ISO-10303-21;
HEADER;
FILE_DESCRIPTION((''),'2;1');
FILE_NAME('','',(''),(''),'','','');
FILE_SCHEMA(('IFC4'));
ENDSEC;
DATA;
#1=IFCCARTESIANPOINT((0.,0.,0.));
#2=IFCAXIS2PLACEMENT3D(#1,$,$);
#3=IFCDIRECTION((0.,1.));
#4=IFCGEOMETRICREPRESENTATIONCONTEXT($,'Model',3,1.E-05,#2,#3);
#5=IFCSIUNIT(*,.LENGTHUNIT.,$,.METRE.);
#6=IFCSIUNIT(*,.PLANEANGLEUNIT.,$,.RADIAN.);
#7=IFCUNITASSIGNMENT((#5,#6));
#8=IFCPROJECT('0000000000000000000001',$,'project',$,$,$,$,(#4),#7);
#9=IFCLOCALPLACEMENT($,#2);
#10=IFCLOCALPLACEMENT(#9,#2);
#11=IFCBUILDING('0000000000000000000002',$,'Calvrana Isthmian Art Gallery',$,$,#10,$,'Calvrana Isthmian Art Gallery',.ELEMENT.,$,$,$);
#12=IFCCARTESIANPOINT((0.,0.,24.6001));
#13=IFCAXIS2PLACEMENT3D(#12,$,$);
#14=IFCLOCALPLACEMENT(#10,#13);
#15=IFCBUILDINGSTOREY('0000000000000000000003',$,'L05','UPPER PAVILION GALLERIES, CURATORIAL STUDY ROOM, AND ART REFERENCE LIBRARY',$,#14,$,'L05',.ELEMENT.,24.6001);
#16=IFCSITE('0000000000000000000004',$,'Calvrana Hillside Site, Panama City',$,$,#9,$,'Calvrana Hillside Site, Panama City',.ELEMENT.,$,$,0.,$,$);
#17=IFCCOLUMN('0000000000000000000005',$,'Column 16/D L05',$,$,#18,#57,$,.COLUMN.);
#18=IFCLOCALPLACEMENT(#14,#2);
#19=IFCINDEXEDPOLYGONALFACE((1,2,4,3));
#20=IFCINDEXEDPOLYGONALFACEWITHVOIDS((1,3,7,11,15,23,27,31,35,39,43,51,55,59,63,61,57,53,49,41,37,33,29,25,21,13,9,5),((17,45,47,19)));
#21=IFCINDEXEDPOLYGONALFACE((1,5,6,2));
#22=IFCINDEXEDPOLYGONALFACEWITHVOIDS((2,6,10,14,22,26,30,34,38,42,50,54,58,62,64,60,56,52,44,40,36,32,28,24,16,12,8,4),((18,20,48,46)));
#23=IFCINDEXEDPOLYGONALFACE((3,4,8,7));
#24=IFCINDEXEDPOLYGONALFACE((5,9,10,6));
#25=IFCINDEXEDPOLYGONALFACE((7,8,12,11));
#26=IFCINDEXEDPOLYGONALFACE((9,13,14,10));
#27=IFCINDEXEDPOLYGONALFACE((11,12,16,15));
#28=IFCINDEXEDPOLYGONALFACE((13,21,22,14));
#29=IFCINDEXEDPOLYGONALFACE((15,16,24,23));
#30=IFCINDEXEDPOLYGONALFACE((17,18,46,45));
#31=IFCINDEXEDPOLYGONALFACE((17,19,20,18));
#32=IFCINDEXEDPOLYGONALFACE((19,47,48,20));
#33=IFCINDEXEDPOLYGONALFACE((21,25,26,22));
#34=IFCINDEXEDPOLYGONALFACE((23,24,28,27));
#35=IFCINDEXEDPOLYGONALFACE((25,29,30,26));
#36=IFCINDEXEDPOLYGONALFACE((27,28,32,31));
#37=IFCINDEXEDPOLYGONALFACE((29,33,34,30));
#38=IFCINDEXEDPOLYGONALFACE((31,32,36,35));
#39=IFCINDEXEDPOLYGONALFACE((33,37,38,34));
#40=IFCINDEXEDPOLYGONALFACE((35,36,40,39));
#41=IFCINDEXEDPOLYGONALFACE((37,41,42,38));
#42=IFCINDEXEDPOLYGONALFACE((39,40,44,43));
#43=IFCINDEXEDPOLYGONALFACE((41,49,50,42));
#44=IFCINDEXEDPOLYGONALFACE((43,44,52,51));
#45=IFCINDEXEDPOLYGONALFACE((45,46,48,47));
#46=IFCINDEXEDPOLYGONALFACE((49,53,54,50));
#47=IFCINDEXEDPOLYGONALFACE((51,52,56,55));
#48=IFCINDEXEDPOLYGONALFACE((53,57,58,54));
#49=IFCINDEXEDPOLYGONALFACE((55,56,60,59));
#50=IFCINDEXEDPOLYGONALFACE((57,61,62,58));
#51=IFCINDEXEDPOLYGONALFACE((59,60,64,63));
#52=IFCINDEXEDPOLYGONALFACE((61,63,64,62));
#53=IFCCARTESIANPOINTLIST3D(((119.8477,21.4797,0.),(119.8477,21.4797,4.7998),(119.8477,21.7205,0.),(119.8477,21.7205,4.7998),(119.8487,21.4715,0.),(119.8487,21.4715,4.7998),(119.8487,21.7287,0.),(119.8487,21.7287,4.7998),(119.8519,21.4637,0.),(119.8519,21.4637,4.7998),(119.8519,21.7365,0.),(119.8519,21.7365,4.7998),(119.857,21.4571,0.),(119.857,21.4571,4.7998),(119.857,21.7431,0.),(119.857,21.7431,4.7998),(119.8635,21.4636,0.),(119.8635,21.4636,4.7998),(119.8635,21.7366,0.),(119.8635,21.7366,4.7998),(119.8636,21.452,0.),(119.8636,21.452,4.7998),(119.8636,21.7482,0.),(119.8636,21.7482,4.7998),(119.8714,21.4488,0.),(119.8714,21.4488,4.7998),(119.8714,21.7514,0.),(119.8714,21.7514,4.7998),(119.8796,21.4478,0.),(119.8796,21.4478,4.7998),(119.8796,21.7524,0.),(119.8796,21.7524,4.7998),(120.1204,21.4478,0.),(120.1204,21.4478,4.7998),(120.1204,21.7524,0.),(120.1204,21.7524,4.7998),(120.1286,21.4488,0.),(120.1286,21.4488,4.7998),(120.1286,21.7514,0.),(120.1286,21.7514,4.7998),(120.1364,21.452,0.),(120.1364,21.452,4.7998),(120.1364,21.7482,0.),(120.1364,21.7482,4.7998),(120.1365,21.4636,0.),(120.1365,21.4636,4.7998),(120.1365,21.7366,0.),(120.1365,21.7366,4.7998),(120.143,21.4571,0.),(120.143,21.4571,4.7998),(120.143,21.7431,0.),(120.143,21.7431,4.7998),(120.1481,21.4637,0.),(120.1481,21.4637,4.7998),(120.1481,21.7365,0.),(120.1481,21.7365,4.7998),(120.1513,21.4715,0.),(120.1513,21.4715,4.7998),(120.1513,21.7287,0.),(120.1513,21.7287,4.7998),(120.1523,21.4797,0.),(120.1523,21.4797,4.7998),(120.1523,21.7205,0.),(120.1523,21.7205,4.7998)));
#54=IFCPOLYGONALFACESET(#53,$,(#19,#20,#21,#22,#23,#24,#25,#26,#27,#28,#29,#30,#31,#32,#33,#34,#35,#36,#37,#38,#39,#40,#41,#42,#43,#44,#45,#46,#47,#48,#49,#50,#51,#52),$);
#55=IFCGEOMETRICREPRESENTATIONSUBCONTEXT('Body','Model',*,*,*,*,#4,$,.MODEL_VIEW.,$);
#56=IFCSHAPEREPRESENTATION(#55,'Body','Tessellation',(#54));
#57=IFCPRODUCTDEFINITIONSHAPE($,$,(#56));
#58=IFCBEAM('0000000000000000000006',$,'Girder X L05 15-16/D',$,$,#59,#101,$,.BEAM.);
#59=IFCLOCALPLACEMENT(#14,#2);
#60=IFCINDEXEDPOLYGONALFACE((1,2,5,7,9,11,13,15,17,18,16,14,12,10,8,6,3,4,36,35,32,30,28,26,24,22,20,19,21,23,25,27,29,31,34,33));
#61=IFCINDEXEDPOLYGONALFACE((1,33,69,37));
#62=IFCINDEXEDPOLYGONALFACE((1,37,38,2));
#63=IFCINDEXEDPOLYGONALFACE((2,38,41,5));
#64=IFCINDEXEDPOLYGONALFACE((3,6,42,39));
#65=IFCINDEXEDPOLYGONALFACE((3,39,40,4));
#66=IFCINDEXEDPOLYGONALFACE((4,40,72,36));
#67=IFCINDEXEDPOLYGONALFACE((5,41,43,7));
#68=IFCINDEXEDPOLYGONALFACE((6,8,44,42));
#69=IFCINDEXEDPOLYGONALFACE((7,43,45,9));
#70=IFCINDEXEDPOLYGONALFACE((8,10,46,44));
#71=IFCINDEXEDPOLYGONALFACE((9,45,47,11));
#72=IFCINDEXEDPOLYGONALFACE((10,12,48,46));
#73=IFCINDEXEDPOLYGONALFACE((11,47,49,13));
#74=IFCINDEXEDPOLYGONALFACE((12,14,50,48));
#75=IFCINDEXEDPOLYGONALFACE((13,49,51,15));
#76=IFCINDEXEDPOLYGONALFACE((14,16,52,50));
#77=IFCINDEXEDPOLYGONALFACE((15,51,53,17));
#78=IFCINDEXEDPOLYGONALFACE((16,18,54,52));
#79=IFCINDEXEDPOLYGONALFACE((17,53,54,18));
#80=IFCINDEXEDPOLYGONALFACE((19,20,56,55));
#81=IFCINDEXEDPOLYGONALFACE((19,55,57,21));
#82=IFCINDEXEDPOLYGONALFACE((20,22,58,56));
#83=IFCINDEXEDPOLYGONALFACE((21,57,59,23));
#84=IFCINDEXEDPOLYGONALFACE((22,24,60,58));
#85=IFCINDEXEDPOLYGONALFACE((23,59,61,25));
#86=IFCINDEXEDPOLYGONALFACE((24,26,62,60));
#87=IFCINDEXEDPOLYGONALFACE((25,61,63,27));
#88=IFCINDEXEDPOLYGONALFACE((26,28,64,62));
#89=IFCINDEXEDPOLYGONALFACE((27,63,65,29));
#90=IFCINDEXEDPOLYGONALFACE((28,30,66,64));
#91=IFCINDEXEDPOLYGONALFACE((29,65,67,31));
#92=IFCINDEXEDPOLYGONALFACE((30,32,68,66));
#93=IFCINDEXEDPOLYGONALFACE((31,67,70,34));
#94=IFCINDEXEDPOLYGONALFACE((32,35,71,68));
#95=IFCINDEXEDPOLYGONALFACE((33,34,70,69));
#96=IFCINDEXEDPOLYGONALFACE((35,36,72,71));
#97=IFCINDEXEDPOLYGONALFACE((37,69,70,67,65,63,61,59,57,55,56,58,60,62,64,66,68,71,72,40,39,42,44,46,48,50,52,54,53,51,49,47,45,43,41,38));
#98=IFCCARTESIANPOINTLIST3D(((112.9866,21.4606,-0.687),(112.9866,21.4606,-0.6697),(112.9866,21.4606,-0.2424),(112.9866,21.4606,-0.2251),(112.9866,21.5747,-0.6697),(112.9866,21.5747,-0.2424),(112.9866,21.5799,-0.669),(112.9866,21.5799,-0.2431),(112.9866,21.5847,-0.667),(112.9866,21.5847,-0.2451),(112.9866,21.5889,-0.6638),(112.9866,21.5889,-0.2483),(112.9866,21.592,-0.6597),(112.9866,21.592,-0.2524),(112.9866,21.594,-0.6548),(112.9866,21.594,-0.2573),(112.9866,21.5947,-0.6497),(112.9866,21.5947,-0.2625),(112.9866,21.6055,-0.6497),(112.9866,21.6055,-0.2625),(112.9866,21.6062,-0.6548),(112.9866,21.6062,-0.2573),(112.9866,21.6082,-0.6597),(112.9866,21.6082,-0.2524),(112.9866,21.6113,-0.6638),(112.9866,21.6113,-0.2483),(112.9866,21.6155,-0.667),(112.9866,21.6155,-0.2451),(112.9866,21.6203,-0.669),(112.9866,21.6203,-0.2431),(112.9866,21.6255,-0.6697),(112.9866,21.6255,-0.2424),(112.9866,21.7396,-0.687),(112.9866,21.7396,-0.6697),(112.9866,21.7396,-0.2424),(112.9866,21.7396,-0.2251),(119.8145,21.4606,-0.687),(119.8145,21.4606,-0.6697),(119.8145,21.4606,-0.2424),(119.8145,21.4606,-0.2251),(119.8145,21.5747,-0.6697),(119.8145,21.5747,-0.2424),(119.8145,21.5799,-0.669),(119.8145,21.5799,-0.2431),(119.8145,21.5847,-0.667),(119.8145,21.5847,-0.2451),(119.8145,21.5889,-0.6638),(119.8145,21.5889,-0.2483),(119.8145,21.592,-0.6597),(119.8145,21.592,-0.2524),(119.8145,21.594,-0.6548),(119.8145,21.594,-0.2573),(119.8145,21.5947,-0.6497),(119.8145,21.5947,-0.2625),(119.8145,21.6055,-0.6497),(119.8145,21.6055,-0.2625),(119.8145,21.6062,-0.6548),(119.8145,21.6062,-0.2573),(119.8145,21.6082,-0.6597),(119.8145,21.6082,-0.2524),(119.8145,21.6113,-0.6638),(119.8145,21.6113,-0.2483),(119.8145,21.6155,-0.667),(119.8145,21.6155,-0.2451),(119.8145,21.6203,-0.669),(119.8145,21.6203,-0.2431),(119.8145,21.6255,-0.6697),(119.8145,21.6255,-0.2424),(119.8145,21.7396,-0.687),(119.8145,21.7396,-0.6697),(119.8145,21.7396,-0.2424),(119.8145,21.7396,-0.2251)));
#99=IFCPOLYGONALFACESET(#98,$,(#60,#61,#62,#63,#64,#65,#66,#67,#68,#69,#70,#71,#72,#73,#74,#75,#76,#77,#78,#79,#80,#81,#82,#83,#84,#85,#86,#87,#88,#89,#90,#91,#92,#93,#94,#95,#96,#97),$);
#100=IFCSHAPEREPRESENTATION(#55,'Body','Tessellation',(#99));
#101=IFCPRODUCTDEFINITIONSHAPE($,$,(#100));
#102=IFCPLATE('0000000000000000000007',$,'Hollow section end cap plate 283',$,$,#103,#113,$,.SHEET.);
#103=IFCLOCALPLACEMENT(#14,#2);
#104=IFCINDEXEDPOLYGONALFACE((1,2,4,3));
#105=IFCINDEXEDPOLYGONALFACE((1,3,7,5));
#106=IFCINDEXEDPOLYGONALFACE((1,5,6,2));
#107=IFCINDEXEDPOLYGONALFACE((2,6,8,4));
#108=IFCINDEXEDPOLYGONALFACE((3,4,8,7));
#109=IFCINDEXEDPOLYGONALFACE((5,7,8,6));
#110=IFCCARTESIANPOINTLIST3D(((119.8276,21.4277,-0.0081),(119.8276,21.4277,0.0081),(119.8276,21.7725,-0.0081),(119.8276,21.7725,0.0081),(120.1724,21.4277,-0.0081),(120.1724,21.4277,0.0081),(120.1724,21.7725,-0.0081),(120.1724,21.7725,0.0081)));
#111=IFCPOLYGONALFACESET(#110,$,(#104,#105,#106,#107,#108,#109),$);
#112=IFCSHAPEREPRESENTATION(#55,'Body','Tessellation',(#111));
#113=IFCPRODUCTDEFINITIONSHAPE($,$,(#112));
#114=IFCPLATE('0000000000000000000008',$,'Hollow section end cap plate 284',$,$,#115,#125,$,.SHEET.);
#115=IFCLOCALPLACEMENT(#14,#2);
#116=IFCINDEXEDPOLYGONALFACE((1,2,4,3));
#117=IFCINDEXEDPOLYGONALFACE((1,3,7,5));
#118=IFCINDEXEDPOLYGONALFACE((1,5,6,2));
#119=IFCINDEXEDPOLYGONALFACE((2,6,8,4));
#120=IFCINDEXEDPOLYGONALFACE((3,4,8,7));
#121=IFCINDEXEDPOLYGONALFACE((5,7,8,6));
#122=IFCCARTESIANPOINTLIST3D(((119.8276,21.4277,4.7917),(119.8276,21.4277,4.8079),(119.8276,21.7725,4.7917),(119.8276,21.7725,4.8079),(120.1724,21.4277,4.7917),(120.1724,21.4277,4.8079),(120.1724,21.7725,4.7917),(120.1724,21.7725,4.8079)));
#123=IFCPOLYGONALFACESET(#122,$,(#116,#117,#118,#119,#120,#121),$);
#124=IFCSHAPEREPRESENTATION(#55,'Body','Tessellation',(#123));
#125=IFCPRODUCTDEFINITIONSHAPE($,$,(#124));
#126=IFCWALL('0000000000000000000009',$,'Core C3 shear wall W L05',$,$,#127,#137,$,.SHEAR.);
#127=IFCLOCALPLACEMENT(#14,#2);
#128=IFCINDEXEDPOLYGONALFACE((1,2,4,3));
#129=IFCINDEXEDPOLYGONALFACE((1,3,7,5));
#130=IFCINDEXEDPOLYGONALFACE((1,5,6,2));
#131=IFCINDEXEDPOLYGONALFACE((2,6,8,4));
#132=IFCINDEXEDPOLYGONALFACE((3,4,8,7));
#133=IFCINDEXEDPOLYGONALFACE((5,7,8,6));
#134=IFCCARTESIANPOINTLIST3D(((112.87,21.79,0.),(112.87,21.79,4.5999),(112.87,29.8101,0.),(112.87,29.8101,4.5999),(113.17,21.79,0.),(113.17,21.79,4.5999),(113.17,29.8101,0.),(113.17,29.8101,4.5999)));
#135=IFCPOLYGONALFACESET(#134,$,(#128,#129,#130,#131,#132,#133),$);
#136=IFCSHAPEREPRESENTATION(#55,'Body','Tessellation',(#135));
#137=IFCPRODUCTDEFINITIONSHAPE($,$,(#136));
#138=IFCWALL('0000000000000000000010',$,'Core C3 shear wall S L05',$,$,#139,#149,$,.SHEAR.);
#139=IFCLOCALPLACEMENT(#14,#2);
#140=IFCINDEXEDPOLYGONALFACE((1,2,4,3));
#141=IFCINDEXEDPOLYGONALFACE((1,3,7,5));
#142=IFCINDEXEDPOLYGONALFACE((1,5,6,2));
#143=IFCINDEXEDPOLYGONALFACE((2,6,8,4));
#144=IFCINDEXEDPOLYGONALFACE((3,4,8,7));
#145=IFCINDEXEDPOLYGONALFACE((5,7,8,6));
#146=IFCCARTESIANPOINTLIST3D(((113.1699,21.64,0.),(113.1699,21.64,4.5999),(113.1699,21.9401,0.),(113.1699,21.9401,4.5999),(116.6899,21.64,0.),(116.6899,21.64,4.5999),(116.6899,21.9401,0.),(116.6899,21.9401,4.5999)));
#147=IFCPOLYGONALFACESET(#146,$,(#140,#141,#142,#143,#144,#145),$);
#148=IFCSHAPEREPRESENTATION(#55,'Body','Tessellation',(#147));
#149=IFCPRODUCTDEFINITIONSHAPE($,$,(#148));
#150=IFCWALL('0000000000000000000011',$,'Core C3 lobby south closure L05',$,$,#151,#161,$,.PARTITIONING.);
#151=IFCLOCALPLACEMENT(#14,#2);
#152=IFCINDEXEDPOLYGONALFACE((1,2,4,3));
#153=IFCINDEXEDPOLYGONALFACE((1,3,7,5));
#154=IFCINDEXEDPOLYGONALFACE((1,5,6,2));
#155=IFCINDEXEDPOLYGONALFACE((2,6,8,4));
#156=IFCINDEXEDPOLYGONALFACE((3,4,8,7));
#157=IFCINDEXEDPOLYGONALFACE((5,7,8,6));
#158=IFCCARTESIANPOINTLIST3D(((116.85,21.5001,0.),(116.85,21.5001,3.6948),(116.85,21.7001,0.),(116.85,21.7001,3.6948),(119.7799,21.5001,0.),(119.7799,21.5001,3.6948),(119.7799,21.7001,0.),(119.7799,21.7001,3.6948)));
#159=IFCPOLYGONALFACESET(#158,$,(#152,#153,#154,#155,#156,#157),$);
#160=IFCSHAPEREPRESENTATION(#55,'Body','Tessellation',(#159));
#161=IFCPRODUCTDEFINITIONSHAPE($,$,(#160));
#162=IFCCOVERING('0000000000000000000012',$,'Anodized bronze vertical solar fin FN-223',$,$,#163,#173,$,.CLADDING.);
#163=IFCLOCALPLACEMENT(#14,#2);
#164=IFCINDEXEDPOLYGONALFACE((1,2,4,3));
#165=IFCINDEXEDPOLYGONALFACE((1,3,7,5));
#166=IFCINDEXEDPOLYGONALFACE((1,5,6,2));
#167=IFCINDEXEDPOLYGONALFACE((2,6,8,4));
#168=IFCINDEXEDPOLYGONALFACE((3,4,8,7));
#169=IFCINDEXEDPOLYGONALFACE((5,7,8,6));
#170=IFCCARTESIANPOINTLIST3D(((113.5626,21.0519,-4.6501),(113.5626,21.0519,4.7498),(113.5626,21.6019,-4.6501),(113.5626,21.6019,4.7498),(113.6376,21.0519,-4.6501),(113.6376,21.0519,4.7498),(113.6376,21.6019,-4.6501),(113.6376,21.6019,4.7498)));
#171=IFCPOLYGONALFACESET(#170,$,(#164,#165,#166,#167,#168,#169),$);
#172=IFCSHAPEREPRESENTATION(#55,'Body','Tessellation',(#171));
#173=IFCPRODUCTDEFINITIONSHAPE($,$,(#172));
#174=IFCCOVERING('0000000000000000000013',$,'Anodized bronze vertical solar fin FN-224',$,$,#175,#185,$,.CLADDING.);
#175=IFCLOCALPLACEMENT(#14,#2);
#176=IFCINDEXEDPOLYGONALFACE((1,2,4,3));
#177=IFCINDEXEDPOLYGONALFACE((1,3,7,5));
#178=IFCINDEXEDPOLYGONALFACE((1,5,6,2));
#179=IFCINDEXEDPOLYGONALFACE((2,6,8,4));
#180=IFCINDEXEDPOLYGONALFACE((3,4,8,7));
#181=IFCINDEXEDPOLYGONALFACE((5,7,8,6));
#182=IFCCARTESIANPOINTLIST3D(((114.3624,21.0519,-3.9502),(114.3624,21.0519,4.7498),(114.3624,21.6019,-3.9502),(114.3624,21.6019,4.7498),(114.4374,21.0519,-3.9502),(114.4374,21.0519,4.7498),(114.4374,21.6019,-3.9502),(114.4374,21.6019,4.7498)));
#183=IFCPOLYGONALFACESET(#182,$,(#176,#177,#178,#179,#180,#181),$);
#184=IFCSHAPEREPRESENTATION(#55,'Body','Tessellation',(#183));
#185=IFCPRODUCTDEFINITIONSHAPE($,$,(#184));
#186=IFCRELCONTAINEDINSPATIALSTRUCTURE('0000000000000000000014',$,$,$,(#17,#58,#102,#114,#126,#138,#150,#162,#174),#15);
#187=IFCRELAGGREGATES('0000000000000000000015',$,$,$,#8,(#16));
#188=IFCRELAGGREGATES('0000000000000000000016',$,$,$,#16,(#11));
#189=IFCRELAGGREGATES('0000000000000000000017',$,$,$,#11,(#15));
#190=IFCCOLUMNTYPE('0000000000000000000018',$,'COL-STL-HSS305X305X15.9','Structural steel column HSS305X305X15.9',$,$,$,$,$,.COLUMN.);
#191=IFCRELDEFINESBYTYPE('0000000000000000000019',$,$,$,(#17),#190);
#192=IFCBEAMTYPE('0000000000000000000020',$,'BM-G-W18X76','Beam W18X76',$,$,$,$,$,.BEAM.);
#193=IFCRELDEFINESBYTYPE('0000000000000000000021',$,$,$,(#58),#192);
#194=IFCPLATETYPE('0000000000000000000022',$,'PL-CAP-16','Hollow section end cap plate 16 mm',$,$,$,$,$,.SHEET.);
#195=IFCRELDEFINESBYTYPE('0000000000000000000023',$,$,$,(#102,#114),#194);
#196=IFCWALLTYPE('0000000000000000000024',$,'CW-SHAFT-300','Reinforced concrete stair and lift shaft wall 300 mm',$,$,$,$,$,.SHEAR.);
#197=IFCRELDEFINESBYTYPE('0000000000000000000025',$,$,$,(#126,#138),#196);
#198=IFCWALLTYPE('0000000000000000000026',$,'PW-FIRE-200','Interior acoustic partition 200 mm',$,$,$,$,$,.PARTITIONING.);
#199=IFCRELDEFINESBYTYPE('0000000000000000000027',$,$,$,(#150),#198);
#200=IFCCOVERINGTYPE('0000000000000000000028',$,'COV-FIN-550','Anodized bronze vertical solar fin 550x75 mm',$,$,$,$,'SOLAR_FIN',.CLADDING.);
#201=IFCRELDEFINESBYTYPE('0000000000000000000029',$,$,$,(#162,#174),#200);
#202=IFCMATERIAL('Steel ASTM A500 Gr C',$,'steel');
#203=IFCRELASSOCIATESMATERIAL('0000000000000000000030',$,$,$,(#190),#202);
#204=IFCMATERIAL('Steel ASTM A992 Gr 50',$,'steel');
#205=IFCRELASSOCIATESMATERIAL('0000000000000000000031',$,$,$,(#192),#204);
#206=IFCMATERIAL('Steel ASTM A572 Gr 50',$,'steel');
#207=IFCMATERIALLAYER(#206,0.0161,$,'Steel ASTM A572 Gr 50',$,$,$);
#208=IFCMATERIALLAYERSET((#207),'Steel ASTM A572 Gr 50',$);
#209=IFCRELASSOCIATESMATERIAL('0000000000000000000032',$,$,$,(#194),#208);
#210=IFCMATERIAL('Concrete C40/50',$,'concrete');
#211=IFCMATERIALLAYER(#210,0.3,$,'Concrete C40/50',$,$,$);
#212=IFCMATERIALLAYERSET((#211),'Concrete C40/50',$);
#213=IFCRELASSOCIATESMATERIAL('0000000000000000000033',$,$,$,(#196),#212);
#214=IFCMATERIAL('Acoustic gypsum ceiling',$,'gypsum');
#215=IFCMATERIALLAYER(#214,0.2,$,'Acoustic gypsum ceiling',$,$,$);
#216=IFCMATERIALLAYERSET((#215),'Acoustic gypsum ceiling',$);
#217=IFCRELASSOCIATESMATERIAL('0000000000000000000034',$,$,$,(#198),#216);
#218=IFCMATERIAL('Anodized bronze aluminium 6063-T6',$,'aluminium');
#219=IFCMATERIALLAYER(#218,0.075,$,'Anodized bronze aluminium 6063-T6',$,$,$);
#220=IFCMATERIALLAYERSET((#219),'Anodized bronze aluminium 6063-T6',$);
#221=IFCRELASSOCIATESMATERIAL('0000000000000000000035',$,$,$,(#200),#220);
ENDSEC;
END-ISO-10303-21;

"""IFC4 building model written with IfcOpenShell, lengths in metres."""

from ifc_helpers import new_model, si_unit, direction, frame, frame_2d, origin, origin_2d, place, context, subcontext, project, spatial, rectangle, hollow_rectangle, i_section, extrude, material, layer, layer_set, material_profile, profile_set, type_object, element, save


model = new_model("IFC4")

# Units and contexts
model_context = context("Model", 3, precision=1e-05, world=origin(), true_north=direction((0.0, 1.0)))
body_context = subcontext(model_context, "Body", "Model", "MODEL_VIEW")
ifc_project = project(units=[si_unit("LENGTHUNIT", "METRE"), si_unit("PLANEANGLEUNIT", "RADIAN")], contexts=[model_context])

# Site, building, storey
site_placement = place(None, origin())
site = spatial("IfcSite", under=ifc_project, at=site_placement, Name="Calvrana Hillside Site, Panama City", LongName="Calvrana Hillside Site, Panama City", CompositionType="ELEMENT", RefElevation=0.0)
building_placement = place(site_placement, origin())
building = spatial("IfcBuilding", under=site, at=building_placement, Name="Calvrana Isthmian Art Gallery", LongName="Calvrana Isthmian Art Gallery", CompositionType="ELEMENT")
storey_placement = place(building_placement, frame((0.0, 0.0, 24.6001)))
storey = spatial("IfcBuildingStorey", under=building, at=storey_placement, Name="L05", Description="UPPER PAVILION GALLERIES, CURATORIAL STUDY ROOM, AND ART REFERENCE LIBRARY", LongName="L05", CompositionType="ELEMENT", Elevation=24.6001)

# Column
ifc_material_1 = material(Name="Steel ASTM A500 Gr C", Category="steel")
ifc_material_profile_1 = material_profile(ifc_material_1, hollow_rectangle(XDim=0.3047, YDim=0.3047, WallThickness=0.0159, OuterFilletRadius=0.032, at=origin_2d()), Name="HSS305X305X15.9")
ifc_profile_set_1 = profile_set([ifc_material_profile_1], Name="Steel ASTM A500 Gr C")
column_type = type_object("IfcColumnType", Name="COL-STL-HSS305X305X15.9", Description="Structural steel column HSS305X305X15.9", PredefinedType="COLUMN", material=ifc_profile_set_1)
column_placement = place(storey_placement, frame((120.0, 21.6001, 0.0), z_axis=(0.0, 0.0, 1.0), x_axis=(1.0, 0.0, 0.0)))
element("IfcColumn", 1, at=column_placement, inside=storey, type_object=column_type, Name="Column 16/D L05", PredefinedType="COLUMN", context=body_context, shape_type="SweptSolid", body=[
    extrude(hollow_rectangle(XDim=0.3047, YDim=0.3047, WallThickness=0.0159, OuterFilletRadius=0.032, at=origin_2d()), origin(), (0.0, 0.0, 1.0), 4.7998),
])

# Beam
ifc_material_2 = material(Name="Steel ASTM A992 Gr 50", Category="steel")
ifc_material_profile_2 = material_profile(ifc_material_2, i_section(OverallWidth=0.2791, OverallDepth=0.4619, WebThickness=0.0107, FlangeThickness=0.0173, FilletRadius=0.02, at=origin_2d()), Name="W18X76")
ifc_profile_set_2 = profile_set([ifc_material_profile_2], Name="Steel ASTM A992 Gr 50")
beam_type = type_object("IfcBeamType", Name="BM-G-W18X76", Description="Beam W18X76", PredefinedType="BEAM", material=ifc_profile_set_2)
beam_placement = place(storey_placement, frame((112.9866, 21.6001, -0.4561), z_axis=(1.0, 0.0, 0.0), x_axis=(0.0, 1.0, 0.0)))
element("IfcBeam", 2, at=beam_placement, inside=storey, type_object=beam_type, Name="Girder X L05 15-16/D", PredefinedType="BEAM", context=body_context, shape_type="SweptSolid", body=[
    extrude(i_section(OverallWidth=0.2791, OverallDepth=0.4619, WebThickness=0.0107, FlangeThickness=0.0173, FilletRadius=0.02, at=origin_2d()), origin(), (0.0, 0.0, 1.0), 6.8279),
])

# Plates
ifc_material_3 = material(Name="Steel ASTM A572 Gr 50", Category="steel")
ifc_layer_1 = layer(ifc_material_3, 0.0161, Name="Steel ASTM A572 Gr 50")
ifc_layer_set_1 = layer_set([ifc_layer_1], Name="Steel ASTM A572 Gr 50")
plate_type = type_object("IfcPlateType", Name="PL-CAP-16", Description="Hollow section end cap plate 16 mm", PredefinedType="SHEET", material=ifc_layer_set_1)
for number, where, z_axis, x_axis, name in (
    (3, (120.0, 21.6001, -0.0081), (0.0, 0.0, 1.0), (1.0, 0.0, 0.0), "Hollow section end cap plate 283"),
    (4, (120.0, 21.6001, 4.7917), (0.0, 0.0, 1.0), (1.0, 0.0, 0.0), "Hollow section end cap plate 284"),
):
    element("IfcPlate", number, at=place(storey_placement, frame(where, z_axis=z_axis, x_axis=x_axis)), inside=storey, type_object=plate_type, Name=name, PredefinedType="SHEET", context=body_context, shape_type="SweptSolid", body=[
        extrude(rectangle(XDim=0.3447, YDim=0.3447, at=origin_2d()), origin(), (0.0, 0.0, 1.0), 0.0161),
    ])

# Walls
ifc_material_4 = material(Name="Concrete C40/50", Category="concrete")
ifc_layer_2 = layer(ifc_material_4, 0.3, Name="Concrete C40/50")
ifc_layer_set_2 = layer_set([ifc_layer_2], Name="Concrete C40/50")
wall_type_1 = type_object("IfcWallType", Name="CW-SHAFT-300", Description="Reinforced concrete stair and lift shaft wall 300 mm", PredefinedType="SHEAR", material=ifc_layer_set_2)
wall_1_placement = place(storey_placement, frame((113.02, 21.79, 0.0), z_axis=(0.0, 0.0, 1.0), x_axis=(0.0, 1.0, 0.0)))
element("IfcWall", 5, at=wall_1_placement, inside=storey, type_object=wall_type_1, Name="Core C3 shear wall W L05", PredefinedType="SHEAR", context=body_context, shape_type="SweptSolid", body=[
    extrude(rectangle(XDim=8.02, YDim=0.3, at=frame_2d((4.01, 0.0))), origin(), (0.0, 0.0, 1.0), 4.5999),
])
wall_2_placement = place(storey_placement, frame((113.1699, 21.79, 0.0), z_axis=(0.0, 0.0, 1.0), x_axis=(1.0, 0.0, 0.0)))
element("IfcWall", 6, at=wall_2_placement, inside=storey, type_object=wall_type_1, Name="Core C3 shear wall S L05", PredefinedType="SHEAR", context=body_context, shape_type="SweptSolid", body=[
    extrude(rectangle(XDim=3.52, YDim=0.3, at=frame_2d((1.76, 0.0))), origin(), (0.0, 0.0, 1.0), 4.5999),
])
ifc_material_5 = material(Name="Acoustic gypsum ceiling", Category="gypsum")
ifc_layer_3 = layer(ifc_material_5, 0.2, Name="Acoustic gypsum ceiling")
ifc_layer_set_3 = layer_set([ifc_layer_3], Name="Acoustic gypsum ceiling")
wall_type_2 = type_object("IfcWallType", Name="PW-FIRE-200", Description="Interior acoustic partition 200 mm", PredefinedType="PARTITIONING", material=ifc_layer_set_3)
wall_3_placement = place(storey_placement, frame((116.8501, 21.6001, 0.0), z_axis=(0.0, 0.0, 1.0), x_axis=(1.0, 0.0, 0.0)))
element("IfcWall", 7, at=wall_3_placement, inside=storey, type_object=wall_type_2, Name="Core C3 lobby south closure L05", PredefinedType="PARTITIONING", context=body_context, shape_type="SweptSolid", body=[
    extrude(rectangle(XDim=2.9299, YDim=0.2, at=frame_2d((1.4648, 0.0))), origin(), (0.0, 0.0, 1.0), 3.6948),
])

# Coverings
ifc_material_6 = material(Name="Anodized bronze aluminium 6063-T6", Category="aluminium")
ifc_layer_4 = layer(ifc_material_6, 0.075, Name="Anodized bronze aluminium 6063-T6")
ifc_layer_set_4 = layer_set([ifc_layer_4], Name="Anodized bronze aluminium 6063-T6")
covering_type = type_object("IfcCoveringType", Name="COV-FIN-550", Description="Anodized bronze vertical solar fin 550x75 mm", ElementType="SOLAR_FIN", PredefinedType="CLADDING", material=ifc_layer_set_4)
covering_1_placement = place(storey_placement, frame((113.6001, 21.3269, -4.6501), z_axis=(0.0, 0.0, 1.0), x_axis=(1.0, 0.0, 0.0)))
element("IfcCovering", 8, at=covering_1_placement, inside=storey, type_object=covering_type, Name="Anodized bronze vertical solar fin FN-223", PredefinedType="CLADDING", context=body_context, shape_type="SweptSolid", body=[
    extrude(rectangle(XDim=0.075, YDim=0.55, at=origin_2d()), origin(), (0.0, 0.0, 1.0), 9.3999),
])
covering_2_placement = place(storey_placement, frame((114.3999, 21.3269, -3.9502), z_axis=(0.0, 0.0, 1.0), x_axis=(1.0, 0.0, 0.0)))
element("IfcCovering", 9, at=covering_2_placement, inside=storey, type_object=covering_type, Name="Anodized bronze vertical solar fin FN-224", PredefinedType="CLADDING", context=body_context, shape_type="SweptSolid", body=[
    extrude(rectangle(XDim=0.075, YDim=0.55, at=origin_2d()), origin(), (0.0, 0.0, 1.0), 8.7),
])

save(model, "model.ifc")
